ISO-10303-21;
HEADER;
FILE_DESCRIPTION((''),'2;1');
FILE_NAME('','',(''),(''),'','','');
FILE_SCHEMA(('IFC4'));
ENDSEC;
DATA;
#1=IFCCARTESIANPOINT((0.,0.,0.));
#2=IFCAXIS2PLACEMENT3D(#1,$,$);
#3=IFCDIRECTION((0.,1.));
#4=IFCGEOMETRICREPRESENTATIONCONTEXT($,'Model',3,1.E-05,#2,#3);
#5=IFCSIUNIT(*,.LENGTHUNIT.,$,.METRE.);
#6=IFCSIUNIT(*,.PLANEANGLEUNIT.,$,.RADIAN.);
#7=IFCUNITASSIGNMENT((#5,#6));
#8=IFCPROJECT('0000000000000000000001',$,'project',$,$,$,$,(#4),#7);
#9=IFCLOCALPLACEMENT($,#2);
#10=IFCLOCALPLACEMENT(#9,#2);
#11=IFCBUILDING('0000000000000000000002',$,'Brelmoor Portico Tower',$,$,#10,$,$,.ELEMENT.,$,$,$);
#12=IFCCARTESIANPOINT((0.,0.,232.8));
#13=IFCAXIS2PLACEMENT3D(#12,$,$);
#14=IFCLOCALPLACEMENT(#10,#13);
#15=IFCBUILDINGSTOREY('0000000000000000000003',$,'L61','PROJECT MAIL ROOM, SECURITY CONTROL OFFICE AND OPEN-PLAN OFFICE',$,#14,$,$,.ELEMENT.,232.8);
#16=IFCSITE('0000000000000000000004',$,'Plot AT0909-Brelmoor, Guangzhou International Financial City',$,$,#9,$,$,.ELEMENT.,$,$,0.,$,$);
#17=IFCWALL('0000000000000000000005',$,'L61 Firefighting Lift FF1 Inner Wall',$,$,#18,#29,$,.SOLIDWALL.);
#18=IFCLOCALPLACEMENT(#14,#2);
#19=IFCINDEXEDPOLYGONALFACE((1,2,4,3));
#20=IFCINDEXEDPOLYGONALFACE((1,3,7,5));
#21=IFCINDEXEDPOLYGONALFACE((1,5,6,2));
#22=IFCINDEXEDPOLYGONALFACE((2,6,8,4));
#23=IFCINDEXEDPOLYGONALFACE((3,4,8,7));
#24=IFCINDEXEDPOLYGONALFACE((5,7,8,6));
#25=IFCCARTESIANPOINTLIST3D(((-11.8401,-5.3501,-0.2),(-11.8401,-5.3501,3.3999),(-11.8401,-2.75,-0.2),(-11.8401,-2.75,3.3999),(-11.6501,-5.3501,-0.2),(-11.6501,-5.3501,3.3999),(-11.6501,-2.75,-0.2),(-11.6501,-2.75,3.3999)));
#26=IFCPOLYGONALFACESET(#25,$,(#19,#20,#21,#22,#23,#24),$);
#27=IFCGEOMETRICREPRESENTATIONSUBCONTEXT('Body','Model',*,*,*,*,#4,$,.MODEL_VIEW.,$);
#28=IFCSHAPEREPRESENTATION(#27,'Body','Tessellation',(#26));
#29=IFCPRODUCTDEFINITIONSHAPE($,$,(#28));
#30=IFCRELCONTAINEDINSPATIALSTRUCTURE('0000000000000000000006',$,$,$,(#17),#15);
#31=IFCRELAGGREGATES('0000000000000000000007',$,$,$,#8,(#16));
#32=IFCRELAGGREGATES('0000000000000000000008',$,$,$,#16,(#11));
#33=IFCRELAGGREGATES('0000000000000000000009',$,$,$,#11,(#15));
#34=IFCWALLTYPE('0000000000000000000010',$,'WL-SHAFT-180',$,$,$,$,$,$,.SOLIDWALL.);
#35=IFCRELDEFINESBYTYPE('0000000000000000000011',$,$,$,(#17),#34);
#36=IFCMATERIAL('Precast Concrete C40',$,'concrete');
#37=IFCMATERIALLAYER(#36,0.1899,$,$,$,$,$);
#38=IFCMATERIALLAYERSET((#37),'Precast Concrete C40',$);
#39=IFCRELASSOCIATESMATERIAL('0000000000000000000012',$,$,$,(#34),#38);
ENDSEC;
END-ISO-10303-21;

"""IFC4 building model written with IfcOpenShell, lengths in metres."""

from ifc_helpers import new_model, si_unit, direction, frame, frame_2d, origin, place, context, subcontext, project, spatial, rectangle, extrude, material, layer, layer_set, type_object, element, save


model = new_model("IFC4")

# Units and contexts
model_context = context("Model", 3, precision=1e-05, world=origin(), true_north=direction((0.0, 1.0)))
body_context = subcontext(model_context, "Body", "Model", "MODEL_VIEW")
ifc_project = project(units=[si_unit("LENGTHUNIT", "METRE"), si_unit("PLANEANGLEUNIT", "RADIAN")], contexts=[model_context])

# Site, building, storey
site_placement = place(None, origin())
site = spatial("IfcSite", under=ifc_project, at=site_placement, Name="Plot AT0909-Brelmoor, Guangzhou International Financial City", CompositionType="ELEMENT", RefElevation=0.0)
building_placement = place(site_placement, origin())
building = spatial("IfcBuilding", under=site, at=building_placement, Name="Brelmoor Portico Tower", CompositionType="ELEMENT")
storey_placement = place(building_placement, frame((0.0, 0.0, 232.8)))
storey = spatial("IfcBuildingStorey", under=building, at=storey_placement, Name="L61", Description="PROJECT MAIL ROOM, SECURITY CONTROL OFFICE AND OPEN-PLAN OFFICE", CompositionType="ELEMENT", Elevation=232.8)

# Shared definitions
ifc_material_1 = material(Name="Precast Concrete C40", Category="concrete")
ifc_layer_1 = layer(ifc_material_1, 0.1899)
ifc_layer_set_1 = layer_set([ifc_layer_1], Name="Precast Concrete C40")
wall_type_1 = type_object("IfcWallType", Name="WL-SHAFT-180", PredefinedType="SOLIDWALL", material=ifc_layer_set_1)

# Wall
wall_1_placement = place(storey_placement, frame((-11.7451, -5.3501, -0.2), z_axis=(0.0, 0.0, 1.0), x_axis=(0.0, 1.0, 0.0)))
element("IfcWall", 1, at=wall_1_placement, inside=storey, type_object=wall_type_1, Name="L61 Firefighting Lift FF1 Inner Wall", PredefinedType="SOLIDWALL", context=body_context, shape_type="SweptSolid", body=[
    extrude(rectangle(XDim=2.6001, YDim=0.1899, at=frame_2d((1.3, 0.0))), origin(), (0.0, 0.0, 1.0), 3.5999),
])

save(model, "model.ifc")
